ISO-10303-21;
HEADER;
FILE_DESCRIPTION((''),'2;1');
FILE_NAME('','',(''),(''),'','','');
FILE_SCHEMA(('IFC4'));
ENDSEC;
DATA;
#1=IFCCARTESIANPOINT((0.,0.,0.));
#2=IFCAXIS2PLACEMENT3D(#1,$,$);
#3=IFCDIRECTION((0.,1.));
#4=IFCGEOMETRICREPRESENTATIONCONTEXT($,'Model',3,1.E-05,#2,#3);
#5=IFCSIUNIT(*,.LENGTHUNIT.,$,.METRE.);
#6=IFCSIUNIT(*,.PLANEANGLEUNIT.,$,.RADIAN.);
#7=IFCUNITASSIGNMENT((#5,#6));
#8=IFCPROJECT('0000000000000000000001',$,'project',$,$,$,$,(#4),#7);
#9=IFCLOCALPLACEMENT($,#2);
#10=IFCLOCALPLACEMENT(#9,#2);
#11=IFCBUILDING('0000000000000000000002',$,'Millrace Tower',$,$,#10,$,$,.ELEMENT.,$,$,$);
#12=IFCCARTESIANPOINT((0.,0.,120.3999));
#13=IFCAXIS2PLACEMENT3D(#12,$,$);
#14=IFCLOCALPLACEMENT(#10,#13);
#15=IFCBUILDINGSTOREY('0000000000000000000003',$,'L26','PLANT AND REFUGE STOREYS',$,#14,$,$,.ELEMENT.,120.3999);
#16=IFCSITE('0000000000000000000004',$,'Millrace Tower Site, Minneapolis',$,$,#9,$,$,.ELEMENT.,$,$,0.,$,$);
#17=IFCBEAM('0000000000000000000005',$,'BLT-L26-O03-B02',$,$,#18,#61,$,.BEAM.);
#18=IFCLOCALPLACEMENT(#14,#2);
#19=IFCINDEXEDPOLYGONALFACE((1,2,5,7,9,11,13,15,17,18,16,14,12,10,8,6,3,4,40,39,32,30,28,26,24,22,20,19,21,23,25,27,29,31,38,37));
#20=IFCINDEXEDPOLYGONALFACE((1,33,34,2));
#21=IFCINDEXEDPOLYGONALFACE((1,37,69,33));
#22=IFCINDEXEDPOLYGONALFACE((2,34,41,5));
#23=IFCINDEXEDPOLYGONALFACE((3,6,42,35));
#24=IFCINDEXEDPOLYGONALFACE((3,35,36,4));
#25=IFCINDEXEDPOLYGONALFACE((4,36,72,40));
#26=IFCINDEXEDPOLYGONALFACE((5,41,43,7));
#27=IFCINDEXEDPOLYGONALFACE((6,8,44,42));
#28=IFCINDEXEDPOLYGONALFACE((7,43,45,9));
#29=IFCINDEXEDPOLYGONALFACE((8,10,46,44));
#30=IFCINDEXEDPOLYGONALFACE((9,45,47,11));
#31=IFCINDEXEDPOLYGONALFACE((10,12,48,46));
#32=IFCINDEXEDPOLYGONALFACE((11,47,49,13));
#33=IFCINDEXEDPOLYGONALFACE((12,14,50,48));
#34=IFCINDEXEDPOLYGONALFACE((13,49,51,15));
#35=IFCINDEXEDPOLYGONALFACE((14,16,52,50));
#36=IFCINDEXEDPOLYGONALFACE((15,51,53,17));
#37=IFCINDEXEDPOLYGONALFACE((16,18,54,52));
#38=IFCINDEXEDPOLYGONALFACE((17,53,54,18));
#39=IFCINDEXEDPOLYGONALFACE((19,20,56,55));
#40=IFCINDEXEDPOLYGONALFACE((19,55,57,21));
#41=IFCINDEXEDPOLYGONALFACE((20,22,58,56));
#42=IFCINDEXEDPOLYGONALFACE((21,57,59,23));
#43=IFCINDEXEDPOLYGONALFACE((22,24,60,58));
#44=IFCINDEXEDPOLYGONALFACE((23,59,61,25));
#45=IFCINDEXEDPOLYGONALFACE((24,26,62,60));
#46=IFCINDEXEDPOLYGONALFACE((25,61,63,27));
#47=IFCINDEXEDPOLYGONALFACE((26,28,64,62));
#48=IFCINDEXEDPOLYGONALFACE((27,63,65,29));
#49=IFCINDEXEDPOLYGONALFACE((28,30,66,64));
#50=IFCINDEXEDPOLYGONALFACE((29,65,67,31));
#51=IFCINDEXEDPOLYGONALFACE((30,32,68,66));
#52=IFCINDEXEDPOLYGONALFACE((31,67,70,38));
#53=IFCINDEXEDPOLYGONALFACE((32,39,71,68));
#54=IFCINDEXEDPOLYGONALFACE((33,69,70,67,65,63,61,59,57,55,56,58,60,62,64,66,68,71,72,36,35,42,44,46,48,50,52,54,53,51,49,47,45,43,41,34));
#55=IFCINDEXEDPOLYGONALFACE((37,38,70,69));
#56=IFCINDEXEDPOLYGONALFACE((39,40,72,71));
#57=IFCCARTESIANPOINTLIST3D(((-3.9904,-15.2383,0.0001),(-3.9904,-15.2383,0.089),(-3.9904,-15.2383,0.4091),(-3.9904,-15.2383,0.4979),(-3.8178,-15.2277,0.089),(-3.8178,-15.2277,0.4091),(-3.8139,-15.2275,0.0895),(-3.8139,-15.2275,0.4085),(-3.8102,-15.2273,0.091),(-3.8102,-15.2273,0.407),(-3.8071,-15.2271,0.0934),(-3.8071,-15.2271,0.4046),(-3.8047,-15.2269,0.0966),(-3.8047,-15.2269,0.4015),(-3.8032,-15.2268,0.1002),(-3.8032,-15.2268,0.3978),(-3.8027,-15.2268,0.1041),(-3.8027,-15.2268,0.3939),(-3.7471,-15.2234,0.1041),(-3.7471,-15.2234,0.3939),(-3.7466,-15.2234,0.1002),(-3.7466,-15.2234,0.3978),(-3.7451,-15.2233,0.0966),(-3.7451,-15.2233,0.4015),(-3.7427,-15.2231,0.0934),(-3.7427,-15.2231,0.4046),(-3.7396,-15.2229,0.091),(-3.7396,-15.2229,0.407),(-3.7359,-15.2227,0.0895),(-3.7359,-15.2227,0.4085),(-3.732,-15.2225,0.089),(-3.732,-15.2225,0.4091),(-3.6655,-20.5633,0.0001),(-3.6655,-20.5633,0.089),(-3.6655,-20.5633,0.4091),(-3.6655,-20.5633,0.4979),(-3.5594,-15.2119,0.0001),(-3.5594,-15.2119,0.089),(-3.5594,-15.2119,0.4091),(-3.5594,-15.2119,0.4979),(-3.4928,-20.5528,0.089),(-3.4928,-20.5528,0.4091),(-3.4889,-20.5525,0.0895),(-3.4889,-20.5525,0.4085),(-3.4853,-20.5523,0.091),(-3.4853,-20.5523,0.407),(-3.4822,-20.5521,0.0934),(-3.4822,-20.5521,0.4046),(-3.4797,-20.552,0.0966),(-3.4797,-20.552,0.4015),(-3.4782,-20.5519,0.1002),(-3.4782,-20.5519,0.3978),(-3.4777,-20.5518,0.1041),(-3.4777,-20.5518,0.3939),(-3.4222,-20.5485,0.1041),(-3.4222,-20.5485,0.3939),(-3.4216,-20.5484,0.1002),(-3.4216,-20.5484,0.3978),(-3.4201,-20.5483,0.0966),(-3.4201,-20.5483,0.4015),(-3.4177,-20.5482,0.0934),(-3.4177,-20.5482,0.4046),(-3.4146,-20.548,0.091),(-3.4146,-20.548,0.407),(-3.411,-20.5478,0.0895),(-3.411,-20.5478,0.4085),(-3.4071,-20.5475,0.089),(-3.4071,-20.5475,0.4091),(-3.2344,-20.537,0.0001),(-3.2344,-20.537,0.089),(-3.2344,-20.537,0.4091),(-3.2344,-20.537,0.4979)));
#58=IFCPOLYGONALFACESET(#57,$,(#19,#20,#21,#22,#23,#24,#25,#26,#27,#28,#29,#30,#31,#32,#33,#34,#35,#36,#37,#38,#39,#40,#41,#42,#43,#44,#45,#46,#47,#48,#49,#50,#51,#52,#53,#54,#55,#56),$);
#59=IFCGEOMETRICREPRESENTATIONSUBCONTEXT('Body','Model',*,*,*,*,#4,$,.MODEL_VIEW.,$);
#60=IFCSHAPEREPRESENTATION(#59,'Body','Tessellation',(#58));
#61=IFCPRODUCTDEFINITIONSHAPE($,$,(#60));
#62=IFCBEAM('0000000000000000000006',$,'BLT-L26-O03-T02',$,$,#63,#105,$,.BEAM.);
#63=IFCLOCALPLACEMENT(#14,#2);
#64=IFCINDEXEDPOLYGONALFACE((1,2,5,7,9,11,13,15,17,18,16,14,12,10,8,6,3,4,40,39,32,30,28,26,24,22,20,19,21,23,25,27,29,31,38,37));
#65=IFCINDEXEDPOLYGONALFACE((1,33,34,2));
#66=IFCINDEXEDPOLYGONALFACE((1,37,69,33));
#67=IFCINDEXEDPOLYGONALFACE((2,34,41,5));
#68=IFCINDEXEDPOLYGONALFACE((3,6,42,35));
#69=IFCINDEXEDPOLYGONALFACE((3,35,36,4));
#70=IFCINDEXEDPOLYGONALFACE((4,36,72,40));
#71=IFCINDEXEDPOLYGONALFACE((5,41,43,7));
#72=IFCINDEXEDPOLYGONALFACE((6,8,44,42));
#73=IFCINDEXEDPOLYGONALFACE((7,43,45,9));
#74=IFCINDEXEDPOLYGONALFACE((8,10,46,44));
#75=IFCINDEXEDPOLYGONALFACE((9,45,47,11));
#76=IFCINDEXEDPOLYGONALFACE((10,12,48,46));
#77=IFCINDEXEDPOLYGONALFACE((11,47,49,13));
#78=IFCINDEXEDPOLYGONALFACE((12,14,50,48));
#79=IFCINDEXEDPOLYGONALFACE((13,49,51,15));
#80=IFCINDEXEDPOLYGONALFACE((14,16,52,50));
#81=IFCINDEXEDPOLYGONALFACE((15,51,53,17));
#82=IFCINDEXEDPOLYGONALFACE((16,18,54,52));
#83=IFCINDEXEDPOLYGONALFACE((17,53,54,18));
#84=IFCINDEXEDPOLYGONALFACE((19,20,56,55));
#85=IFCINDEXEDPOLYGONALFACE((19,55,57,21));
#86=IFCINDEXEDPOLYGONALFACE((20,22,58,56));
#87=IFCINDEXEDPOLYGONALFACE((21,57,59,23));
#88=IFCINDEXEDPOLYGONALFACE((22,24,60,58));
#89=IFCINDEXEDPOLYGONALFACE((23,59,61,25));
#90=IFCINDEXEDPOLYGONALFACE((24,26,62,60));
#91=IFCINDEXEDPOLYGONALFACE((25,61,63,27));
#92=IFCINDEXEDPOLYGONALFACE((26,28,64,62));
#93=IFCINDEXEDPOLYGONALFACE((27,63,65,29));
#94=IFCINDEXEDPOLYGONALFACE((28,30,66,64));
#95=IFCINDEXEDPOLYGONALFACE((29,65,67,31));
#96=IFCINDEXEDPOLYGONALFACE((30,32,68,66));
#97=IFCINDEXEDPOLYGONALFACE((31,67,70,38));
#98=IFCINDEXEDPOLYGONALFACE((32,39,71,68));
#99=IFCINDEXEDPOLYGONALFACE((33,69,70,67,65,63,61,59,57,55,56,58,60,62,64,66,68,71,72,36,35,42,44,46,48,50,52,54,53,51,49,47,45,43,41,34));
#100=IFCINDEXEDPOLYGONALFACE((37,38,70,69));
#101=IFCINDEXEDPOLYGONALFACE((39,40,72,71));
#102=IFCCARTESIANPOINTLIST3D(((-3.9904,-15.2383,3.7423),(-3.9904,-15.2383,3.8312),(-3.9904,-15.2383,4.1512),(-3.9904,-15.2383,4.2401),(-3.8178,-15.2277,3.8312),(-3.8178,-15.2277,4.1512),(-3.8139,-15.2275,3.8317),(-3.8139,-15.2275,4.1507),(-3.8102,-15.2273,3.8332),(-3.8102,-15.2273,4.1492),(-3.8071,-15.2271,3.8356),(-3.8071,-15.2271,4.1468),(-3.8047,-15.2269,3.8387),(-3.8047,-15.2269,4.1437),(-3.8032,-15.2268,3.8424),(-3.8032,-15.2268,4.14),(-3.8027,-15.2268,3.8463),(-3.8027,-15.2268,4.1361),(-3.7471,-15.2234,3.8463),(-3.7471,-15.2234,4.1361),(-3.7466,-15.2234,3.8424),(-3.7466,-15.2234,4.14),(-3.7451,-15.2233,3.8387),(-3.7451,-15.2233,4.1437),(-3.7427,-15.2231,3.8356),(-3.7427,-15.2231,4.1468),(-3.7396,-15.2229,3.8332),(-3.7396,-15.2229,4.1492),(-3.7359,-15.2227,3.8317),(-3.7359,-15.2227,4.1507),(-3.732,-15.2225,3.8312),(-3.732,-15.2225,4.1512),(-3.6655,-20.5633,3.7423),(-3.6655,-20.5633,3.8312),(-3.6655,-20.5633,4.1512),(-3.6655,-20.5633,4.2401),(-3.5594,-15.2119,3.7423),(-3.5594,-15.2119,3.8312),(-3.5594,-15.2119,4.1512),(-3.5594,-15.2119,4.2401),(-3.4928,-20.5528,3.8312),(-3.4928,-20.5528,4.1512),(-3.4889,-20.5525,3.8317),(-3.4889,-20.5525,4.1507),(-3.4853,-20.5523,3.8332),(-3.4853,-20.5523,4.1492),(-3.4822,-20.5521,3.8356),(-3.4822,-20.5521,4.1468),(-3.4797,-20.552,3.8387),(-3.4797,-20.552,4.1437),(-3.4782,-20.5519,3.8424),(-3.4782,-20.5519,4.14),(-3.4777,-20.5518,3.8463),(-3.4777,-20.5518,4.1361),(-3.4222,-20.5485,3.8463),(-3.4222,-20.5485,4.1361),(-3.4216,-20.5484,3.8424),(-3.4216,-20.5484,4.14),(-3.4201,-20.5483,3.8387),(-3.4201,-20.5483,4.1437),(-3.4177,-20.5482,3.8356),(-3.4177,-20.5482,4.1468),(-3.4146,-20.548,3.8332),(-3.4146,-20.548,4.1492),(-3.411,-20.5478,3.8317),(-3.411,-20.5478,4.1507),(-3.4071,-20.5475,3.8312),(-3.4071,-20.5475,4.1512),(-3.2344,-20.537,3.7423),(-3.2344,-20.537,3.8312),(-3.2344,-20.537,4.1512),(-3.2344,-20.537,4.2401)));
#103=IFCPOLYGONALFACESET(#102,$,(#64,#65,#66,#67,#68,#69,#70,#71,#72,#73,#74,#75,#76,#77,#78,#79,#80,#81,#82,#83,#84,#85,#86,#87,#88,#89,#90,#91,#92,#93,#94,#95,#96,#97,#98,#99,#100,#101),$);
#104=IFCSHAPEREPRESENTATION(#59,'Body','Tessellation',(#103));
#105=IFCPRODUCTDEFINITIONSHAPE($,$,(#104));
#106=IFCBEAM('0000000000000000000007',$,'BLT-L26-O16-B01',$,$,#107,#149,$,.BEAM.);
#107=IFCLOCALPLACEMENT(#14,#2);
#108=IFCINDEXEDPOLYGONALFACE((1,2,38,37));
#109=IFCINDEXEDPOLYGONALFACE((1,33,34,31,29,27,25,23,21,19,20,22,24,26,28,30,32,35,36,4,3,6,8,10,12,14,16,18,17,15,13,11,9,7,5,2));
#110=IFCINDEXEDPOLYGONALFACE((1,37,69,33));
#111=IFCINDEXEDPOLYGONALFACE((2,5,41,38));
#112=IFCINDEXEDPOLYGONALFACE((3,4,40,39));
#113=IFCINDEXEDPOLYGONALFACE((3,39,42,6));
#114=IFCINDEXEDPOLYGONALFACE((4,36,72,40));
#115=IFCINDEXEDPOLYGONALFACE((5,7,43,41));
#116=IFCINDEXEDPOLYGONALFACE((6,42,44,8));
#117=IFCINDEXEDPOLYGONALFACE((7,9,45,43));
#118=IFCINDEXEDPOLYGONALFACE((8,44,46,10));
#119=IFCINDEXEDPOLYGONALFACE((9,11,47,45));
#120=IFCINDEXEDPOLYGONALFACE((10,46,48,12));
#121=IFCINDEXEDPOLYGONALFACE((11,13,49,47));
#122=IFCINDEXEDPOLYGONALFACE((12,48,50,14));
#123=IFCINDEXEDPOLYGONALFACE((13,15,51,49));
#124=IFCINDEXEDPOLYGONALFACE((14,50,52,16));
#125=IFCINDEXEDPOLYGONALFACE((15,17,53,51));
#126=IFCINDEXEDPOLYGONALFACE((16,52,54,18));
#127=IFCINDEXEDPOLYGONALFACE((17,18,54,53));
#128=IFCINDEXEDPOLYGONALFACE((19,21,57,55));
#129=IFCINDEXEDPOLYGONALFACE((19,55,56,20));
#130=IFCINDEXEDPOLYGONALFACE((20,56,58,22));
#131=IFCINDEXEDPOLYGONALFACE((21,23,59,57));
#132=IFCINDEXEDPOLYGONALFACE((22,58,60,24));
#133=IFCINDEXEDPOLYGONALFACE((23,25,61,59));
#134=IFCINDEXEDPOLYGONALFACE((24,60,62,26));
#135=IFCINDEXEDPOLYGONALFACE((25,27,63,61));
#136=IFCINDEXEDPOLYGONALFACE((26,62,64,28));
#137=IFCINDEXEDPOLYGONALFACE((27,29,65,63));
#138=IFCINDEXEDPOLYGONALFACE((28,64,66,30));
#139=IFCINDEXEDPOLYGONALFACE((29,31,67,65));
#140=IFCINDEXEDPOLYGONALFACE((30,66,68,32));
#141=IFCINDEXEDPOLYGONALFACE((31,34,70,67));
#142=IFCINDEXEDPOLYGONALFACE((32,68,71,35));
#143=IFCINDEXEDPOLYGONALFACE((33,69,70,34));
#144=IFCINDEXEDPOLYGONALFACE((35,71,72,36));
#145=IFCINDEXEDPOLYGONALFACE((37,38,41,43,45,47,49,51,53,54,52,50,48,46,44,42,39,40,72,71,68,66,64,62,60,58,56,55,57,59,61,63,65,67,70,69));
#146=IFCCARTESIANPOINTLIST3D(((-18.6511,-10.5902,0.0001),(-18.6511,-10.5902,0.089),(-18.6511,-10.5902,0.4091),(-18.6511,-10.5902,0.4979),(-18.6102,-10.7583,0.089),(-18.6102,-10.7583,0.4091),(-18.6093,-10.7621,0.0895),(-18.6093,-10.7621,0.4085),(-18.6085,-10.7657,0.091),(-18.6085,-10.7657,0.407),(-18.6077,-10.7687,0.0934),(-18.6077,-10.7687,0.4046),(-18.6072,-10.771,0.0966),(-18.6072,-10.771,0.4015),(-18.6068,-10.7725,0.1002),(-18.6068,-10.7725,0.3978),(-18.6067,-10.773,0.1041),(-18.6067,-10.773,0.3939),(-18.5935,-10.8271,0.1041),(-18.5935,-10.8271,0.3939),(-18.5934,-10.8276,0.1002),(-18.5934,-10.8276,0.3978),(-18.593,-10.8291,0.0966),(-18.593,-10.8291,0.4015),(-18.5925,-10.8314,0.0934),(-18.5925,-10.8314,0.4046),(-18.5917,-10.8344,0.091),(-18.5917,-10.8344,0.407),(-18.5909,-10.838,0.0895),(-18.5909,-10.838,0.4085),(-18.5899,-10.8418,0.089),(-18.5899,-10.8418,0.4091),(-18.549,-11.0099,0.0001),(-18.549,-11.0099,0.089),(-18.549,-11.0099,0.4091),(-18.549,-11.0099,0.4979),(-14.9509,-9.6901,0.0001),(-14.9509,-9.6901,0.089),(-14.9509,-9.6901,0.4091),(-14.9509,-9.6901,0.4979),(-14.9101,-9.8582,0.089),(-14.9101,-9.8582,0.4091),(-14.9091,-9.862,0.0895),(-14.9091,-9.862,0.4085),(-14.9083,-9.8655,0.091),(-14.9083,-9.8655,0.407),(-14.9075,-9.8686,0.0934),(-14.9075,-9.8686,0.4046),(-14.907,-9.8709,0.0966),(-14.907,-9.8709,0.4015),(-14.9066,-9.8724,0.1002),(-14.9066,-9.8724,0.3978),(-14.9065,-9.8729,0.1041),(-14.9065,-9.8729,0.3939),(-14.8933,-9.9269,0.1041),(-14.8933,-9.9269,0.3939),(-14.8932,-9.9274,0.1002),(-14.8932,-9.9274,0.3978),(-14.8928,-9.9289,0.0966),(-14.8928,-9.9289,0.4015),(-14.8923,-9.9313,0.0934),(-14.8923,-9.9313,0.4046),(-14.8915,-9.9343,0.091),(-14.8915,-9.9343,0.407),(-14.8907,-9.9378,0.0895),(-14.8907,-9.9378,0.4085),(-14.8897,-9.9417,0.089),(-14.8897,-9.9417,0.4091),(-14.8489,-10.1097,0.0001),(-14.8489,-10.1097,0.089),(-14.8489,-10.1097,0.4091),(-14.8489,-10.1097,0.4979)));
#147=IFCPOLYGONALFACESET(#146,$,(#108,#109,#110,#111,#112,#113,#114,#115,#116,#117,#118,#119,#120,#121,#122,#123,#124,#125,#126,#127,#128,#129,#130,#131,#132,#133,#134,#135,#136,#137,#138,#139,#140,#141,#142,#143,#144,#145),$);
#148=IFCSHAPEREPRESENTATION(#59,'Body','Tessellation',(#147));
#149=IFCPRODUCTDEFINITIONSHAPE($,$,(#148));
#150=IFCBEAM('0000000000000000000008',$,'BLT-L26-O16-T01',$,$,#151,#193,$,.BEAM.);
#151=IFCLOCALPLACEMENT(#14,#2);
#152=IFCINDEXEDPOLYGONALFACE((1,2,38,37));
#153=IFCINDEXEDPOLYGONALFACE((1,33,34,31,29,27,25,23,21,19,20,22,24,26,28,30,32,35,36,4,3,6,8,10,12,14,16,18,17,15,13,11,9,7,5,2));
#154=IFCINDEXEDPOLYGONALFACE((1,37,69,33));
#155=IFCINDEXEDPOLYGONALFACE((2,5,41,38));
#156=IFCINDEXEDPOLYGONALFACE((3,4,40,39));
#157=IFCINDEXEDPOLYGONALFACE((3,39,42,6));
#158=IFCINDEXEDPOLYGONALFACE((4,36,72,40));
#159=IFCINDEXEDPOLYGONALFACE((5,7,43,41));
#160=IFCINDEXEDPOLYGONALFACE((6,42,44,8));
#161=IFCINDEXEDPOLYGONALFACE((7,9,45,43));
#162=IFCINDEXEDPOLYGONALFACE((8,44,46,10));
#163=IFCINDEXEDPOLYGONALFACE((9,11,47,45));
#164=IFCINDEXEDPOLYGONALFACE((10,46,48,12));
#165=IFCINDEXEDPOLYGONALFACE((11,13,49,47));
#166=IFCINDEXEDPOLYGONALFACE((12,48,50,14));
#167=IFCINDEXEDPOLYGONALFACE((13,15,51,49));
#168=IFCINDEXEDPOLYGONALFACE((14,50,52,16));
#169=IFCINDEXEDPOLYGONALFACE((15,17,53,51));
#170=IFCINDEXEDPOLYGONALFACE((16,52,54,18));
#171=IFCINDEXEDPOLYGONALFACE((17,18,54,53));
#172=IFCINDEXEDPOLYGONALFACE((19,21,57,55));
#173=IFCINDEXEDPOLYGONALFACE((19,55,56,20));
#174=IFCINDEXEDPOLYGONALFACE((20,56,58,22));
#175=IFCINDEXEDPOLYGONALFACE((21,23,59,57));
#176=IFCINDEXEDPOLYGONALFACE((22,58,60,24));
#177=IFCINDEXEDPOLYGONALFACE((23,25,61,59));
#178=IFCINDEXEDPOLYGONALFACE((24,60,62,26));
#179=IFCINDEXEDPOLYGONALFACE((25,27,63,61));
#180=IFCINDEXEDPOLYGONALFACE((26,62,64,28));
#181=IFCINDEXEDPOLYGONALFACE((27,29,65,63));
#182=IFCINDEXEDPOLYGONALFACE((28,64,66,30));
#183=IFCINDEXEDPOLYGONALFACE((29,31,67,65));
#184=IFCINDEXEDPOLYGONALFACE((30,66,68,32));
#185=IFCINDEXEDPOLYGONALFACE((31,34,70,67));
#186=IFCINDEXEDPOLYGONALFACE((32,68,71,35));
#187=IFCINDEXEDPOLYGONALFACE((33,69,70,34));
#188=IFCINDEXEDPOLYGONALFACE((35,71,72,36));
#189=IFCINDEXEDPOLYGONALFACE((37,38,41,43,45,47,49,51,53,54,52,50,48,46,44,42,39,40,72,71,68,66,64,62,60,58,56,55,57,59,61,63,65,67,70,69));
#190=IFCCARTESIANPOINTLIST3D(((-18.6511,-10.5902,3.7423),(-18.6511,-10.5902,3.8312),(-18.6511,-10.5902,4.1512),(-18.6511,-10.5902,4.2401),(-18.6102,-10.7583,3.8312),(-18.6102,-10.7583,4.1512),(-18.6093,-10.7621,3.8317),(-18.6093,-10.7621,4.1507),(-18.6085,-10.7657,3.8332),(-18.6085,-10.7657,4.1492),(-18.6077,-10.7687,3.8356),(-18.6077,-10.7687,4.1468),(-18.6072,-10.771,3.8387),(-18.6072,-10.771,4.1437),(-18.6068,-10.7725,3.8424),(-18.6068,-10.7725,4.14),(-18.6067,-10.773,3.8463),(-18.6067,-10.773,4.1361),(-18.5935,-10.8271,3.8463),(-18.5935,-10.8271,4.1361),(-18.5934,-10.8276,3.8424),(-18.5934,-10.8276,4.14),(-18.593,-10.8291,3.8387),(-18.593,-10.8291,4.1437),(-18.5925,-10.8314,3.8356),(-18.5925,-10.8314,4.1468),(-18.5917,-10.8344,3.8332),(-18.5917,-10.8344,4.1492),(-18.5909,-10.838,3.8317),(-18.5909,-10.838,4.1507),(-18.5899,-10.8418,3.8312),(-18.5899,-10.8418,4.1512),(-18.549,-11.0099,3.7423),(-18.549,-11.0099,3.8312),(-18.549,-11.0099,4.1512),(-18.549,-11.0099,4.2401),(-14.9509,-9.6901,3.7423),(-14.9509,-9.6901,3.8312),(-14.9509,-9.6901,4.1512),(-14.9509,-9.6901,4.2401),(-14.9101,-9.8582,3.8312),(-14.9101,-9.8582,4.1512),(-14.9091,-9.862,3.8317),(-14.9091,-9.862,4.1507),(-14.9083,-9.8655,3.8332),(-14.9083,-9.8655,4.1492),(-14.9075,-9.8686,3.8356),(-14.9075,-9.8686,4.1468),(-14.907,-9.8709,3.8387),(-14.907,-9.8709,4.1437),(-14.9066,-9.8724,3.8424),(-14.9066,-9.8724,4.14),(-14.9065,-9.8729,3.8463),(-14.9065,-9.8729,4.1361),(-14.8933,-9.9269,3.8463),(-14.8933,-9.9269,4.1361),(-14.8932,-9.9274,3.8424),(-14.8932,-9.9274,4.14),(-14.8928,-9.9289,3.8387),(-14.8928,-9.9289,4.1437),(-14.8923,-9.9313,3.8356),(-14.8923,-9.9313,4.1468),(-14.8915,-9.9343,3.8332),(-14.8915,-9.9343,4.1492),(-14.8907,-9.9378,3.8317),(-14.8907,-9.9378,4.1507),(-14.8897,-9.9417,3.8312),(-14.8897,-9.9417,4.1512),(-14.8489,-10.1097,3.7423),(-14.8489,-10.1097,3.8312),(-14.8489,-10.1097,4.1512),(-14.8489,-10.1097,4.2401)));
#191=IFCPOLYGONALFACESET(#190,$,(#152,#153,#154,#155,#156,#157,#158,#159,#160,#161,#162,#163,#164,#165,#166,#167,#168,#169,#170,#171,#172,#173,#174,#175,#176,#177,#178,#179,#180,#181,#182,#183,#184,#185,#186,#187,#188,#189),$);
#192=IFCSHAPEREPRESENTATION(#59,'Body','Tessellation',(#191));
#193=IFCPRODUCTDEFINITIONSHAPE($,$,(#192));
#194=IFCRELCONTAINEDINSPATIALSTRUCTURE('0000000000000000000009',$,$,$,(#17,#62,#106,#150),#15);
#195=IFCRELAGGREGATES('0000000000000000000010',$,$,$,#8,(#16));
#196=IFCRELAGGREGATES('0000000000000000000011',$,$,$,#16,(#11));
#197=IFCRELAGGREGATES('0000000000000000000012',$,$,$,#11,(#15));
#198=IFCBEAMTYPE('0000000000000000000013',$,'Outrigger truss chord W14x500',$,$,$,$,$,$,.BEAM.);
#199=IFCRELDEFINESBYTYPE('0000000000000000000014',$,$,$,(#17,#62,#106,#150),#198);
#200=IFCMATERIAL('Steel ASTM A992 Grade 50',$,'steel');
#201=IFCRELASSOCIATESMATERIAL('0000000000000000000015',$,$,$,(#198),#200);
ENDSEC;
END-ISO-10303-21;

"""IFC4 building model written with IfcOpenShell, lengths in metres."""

from ifc_helpers import new_model, si_unit, direction, frame, origin, origin_2d, place, context, subcontext, project, spatial, i_section, extrude, material, material_profile, profile_set, type_object, element, save


model = new_model("IFC4")

# Units and contexts
model_context = context("Model", 3, precision=1e-05, world=origin(), true_north=direction((0.0, 1.0)))
body_context = subcontext(model_context, "Body", "Model", "MODEL_VIEW")
ifc_project = project(units=[si_unit("LENGTHUNIT", "METRE"), si_unit("PLANEANGLEUNIT", "RADIAN")], contexts=[model_context])

# Site, building, storey
site_placement = place(None, origin())
site = spatial("IfcSite", under=ifc_project, at=site_placement, Name="Millrace Tower Site, Minneapolis", CompositionType="ELEMENT", RefElevation=0.0)
building_placement = place(site_placement, origin())
building = spatial("IfcBuilding", under=site, at=building_placement, Name="Millrace Tower", CompositionType="ELEMENT")
storey_placement = place(building_placement, frame((0.0, 0.0, 120.3999)))
storey = spatial("IfcBuildingStorey", under=building, at=storey_placement, Name="L26", Description="PLANT AND REFUGE STOREYS", CompositionType="ELEMENT", Elevation=120.3999)

# Beams
ifc_material_1 = material(Name="Steel ASTM A992 Grade 50", Category="steel")
ifc_material_profile_1 = material_profile(ifc_material_1, i_section(OverallWidth=0.4319, OverallDepth=0.4978, WebThickness=0.0557, FlangeThickness=0.0889, FilletRadius=0.0151, at=origin_2d()))
ifc_profile_set_1 = profile_set([ifc_material_profile_1], Name="Steel ASTM A992 Grade 50")
beam_type_1 = type_object("IfcBeamType", Name="Outrigger truss chord W14x500", PredefinedType="BEAM", material=ifc_profile_set_1)
for number, where, z_axis, x_axis, name in (
    (1, (-3.7749, -15.2251, 0.249), (0.060911, -0.998143, 0.0), (0.998143, 0.060911, 0.0), "BLT-L26-O03-B02"),
    (2, (-3.7749, -15.2251, 3.9912), (0.060911, -0.998143, 0.0), (0.998143, 0.060911, 0.0), "BLT-L26-O03-T02"),
):
    element("IfcBeam", number, at=place(storey_placement, frame(where, z_axis=z_axis, x_axis=x_axis)), inside=storey, type_object=beam_type_1, Name=name, PredefinedType="BEAM", context=body_context, shape_type="SweptSolid", body=[
        extrude(i_section(OverallWidth=0.4319, OverallDepth=0.4978, WebThickness=0.0557, FlangeThickness=0.0889, FilletRadius=0.0151, at=origin_2d()), origin(), (0.0, 0.0, 1.0), 5.335),
    ])
for number, where, z_axis, x_axis, name in (
    (3, (-14.8999, -9.8999, 0.249), (-0.971662, -0.236376, 0.0), (0.236376, -0.971662, 0.0), "BLT-L26-O16-B01"),
    (4, (-14.8999, -9.8999, 3.9912), (-0.971662, -0.236376, 0.0), (0.236376, -0.971662, 0.0), "BLT-L26-O16-T01"),
):
    element("IfcBeam", number, at=place(storey_placement, frame(where, z_axis=z_axis, x_axis=x_axis)), inside=storey, type_object=beam_type_1, Name=name, PredefinedType="BEAM", context=body_context, shape_type="SweptSolid", body=[
        extrude(i_section(OverallWidth=0.4319, OverallDepth=0.4978, WebThickness=0.0557, FlangeThickness=0.0889, FilletRadius=0.0151, at=origin_2d()), origin(), (0.0, 0.0, 1.0), 3.8081),
    ])

save(model, "model.ifc")
